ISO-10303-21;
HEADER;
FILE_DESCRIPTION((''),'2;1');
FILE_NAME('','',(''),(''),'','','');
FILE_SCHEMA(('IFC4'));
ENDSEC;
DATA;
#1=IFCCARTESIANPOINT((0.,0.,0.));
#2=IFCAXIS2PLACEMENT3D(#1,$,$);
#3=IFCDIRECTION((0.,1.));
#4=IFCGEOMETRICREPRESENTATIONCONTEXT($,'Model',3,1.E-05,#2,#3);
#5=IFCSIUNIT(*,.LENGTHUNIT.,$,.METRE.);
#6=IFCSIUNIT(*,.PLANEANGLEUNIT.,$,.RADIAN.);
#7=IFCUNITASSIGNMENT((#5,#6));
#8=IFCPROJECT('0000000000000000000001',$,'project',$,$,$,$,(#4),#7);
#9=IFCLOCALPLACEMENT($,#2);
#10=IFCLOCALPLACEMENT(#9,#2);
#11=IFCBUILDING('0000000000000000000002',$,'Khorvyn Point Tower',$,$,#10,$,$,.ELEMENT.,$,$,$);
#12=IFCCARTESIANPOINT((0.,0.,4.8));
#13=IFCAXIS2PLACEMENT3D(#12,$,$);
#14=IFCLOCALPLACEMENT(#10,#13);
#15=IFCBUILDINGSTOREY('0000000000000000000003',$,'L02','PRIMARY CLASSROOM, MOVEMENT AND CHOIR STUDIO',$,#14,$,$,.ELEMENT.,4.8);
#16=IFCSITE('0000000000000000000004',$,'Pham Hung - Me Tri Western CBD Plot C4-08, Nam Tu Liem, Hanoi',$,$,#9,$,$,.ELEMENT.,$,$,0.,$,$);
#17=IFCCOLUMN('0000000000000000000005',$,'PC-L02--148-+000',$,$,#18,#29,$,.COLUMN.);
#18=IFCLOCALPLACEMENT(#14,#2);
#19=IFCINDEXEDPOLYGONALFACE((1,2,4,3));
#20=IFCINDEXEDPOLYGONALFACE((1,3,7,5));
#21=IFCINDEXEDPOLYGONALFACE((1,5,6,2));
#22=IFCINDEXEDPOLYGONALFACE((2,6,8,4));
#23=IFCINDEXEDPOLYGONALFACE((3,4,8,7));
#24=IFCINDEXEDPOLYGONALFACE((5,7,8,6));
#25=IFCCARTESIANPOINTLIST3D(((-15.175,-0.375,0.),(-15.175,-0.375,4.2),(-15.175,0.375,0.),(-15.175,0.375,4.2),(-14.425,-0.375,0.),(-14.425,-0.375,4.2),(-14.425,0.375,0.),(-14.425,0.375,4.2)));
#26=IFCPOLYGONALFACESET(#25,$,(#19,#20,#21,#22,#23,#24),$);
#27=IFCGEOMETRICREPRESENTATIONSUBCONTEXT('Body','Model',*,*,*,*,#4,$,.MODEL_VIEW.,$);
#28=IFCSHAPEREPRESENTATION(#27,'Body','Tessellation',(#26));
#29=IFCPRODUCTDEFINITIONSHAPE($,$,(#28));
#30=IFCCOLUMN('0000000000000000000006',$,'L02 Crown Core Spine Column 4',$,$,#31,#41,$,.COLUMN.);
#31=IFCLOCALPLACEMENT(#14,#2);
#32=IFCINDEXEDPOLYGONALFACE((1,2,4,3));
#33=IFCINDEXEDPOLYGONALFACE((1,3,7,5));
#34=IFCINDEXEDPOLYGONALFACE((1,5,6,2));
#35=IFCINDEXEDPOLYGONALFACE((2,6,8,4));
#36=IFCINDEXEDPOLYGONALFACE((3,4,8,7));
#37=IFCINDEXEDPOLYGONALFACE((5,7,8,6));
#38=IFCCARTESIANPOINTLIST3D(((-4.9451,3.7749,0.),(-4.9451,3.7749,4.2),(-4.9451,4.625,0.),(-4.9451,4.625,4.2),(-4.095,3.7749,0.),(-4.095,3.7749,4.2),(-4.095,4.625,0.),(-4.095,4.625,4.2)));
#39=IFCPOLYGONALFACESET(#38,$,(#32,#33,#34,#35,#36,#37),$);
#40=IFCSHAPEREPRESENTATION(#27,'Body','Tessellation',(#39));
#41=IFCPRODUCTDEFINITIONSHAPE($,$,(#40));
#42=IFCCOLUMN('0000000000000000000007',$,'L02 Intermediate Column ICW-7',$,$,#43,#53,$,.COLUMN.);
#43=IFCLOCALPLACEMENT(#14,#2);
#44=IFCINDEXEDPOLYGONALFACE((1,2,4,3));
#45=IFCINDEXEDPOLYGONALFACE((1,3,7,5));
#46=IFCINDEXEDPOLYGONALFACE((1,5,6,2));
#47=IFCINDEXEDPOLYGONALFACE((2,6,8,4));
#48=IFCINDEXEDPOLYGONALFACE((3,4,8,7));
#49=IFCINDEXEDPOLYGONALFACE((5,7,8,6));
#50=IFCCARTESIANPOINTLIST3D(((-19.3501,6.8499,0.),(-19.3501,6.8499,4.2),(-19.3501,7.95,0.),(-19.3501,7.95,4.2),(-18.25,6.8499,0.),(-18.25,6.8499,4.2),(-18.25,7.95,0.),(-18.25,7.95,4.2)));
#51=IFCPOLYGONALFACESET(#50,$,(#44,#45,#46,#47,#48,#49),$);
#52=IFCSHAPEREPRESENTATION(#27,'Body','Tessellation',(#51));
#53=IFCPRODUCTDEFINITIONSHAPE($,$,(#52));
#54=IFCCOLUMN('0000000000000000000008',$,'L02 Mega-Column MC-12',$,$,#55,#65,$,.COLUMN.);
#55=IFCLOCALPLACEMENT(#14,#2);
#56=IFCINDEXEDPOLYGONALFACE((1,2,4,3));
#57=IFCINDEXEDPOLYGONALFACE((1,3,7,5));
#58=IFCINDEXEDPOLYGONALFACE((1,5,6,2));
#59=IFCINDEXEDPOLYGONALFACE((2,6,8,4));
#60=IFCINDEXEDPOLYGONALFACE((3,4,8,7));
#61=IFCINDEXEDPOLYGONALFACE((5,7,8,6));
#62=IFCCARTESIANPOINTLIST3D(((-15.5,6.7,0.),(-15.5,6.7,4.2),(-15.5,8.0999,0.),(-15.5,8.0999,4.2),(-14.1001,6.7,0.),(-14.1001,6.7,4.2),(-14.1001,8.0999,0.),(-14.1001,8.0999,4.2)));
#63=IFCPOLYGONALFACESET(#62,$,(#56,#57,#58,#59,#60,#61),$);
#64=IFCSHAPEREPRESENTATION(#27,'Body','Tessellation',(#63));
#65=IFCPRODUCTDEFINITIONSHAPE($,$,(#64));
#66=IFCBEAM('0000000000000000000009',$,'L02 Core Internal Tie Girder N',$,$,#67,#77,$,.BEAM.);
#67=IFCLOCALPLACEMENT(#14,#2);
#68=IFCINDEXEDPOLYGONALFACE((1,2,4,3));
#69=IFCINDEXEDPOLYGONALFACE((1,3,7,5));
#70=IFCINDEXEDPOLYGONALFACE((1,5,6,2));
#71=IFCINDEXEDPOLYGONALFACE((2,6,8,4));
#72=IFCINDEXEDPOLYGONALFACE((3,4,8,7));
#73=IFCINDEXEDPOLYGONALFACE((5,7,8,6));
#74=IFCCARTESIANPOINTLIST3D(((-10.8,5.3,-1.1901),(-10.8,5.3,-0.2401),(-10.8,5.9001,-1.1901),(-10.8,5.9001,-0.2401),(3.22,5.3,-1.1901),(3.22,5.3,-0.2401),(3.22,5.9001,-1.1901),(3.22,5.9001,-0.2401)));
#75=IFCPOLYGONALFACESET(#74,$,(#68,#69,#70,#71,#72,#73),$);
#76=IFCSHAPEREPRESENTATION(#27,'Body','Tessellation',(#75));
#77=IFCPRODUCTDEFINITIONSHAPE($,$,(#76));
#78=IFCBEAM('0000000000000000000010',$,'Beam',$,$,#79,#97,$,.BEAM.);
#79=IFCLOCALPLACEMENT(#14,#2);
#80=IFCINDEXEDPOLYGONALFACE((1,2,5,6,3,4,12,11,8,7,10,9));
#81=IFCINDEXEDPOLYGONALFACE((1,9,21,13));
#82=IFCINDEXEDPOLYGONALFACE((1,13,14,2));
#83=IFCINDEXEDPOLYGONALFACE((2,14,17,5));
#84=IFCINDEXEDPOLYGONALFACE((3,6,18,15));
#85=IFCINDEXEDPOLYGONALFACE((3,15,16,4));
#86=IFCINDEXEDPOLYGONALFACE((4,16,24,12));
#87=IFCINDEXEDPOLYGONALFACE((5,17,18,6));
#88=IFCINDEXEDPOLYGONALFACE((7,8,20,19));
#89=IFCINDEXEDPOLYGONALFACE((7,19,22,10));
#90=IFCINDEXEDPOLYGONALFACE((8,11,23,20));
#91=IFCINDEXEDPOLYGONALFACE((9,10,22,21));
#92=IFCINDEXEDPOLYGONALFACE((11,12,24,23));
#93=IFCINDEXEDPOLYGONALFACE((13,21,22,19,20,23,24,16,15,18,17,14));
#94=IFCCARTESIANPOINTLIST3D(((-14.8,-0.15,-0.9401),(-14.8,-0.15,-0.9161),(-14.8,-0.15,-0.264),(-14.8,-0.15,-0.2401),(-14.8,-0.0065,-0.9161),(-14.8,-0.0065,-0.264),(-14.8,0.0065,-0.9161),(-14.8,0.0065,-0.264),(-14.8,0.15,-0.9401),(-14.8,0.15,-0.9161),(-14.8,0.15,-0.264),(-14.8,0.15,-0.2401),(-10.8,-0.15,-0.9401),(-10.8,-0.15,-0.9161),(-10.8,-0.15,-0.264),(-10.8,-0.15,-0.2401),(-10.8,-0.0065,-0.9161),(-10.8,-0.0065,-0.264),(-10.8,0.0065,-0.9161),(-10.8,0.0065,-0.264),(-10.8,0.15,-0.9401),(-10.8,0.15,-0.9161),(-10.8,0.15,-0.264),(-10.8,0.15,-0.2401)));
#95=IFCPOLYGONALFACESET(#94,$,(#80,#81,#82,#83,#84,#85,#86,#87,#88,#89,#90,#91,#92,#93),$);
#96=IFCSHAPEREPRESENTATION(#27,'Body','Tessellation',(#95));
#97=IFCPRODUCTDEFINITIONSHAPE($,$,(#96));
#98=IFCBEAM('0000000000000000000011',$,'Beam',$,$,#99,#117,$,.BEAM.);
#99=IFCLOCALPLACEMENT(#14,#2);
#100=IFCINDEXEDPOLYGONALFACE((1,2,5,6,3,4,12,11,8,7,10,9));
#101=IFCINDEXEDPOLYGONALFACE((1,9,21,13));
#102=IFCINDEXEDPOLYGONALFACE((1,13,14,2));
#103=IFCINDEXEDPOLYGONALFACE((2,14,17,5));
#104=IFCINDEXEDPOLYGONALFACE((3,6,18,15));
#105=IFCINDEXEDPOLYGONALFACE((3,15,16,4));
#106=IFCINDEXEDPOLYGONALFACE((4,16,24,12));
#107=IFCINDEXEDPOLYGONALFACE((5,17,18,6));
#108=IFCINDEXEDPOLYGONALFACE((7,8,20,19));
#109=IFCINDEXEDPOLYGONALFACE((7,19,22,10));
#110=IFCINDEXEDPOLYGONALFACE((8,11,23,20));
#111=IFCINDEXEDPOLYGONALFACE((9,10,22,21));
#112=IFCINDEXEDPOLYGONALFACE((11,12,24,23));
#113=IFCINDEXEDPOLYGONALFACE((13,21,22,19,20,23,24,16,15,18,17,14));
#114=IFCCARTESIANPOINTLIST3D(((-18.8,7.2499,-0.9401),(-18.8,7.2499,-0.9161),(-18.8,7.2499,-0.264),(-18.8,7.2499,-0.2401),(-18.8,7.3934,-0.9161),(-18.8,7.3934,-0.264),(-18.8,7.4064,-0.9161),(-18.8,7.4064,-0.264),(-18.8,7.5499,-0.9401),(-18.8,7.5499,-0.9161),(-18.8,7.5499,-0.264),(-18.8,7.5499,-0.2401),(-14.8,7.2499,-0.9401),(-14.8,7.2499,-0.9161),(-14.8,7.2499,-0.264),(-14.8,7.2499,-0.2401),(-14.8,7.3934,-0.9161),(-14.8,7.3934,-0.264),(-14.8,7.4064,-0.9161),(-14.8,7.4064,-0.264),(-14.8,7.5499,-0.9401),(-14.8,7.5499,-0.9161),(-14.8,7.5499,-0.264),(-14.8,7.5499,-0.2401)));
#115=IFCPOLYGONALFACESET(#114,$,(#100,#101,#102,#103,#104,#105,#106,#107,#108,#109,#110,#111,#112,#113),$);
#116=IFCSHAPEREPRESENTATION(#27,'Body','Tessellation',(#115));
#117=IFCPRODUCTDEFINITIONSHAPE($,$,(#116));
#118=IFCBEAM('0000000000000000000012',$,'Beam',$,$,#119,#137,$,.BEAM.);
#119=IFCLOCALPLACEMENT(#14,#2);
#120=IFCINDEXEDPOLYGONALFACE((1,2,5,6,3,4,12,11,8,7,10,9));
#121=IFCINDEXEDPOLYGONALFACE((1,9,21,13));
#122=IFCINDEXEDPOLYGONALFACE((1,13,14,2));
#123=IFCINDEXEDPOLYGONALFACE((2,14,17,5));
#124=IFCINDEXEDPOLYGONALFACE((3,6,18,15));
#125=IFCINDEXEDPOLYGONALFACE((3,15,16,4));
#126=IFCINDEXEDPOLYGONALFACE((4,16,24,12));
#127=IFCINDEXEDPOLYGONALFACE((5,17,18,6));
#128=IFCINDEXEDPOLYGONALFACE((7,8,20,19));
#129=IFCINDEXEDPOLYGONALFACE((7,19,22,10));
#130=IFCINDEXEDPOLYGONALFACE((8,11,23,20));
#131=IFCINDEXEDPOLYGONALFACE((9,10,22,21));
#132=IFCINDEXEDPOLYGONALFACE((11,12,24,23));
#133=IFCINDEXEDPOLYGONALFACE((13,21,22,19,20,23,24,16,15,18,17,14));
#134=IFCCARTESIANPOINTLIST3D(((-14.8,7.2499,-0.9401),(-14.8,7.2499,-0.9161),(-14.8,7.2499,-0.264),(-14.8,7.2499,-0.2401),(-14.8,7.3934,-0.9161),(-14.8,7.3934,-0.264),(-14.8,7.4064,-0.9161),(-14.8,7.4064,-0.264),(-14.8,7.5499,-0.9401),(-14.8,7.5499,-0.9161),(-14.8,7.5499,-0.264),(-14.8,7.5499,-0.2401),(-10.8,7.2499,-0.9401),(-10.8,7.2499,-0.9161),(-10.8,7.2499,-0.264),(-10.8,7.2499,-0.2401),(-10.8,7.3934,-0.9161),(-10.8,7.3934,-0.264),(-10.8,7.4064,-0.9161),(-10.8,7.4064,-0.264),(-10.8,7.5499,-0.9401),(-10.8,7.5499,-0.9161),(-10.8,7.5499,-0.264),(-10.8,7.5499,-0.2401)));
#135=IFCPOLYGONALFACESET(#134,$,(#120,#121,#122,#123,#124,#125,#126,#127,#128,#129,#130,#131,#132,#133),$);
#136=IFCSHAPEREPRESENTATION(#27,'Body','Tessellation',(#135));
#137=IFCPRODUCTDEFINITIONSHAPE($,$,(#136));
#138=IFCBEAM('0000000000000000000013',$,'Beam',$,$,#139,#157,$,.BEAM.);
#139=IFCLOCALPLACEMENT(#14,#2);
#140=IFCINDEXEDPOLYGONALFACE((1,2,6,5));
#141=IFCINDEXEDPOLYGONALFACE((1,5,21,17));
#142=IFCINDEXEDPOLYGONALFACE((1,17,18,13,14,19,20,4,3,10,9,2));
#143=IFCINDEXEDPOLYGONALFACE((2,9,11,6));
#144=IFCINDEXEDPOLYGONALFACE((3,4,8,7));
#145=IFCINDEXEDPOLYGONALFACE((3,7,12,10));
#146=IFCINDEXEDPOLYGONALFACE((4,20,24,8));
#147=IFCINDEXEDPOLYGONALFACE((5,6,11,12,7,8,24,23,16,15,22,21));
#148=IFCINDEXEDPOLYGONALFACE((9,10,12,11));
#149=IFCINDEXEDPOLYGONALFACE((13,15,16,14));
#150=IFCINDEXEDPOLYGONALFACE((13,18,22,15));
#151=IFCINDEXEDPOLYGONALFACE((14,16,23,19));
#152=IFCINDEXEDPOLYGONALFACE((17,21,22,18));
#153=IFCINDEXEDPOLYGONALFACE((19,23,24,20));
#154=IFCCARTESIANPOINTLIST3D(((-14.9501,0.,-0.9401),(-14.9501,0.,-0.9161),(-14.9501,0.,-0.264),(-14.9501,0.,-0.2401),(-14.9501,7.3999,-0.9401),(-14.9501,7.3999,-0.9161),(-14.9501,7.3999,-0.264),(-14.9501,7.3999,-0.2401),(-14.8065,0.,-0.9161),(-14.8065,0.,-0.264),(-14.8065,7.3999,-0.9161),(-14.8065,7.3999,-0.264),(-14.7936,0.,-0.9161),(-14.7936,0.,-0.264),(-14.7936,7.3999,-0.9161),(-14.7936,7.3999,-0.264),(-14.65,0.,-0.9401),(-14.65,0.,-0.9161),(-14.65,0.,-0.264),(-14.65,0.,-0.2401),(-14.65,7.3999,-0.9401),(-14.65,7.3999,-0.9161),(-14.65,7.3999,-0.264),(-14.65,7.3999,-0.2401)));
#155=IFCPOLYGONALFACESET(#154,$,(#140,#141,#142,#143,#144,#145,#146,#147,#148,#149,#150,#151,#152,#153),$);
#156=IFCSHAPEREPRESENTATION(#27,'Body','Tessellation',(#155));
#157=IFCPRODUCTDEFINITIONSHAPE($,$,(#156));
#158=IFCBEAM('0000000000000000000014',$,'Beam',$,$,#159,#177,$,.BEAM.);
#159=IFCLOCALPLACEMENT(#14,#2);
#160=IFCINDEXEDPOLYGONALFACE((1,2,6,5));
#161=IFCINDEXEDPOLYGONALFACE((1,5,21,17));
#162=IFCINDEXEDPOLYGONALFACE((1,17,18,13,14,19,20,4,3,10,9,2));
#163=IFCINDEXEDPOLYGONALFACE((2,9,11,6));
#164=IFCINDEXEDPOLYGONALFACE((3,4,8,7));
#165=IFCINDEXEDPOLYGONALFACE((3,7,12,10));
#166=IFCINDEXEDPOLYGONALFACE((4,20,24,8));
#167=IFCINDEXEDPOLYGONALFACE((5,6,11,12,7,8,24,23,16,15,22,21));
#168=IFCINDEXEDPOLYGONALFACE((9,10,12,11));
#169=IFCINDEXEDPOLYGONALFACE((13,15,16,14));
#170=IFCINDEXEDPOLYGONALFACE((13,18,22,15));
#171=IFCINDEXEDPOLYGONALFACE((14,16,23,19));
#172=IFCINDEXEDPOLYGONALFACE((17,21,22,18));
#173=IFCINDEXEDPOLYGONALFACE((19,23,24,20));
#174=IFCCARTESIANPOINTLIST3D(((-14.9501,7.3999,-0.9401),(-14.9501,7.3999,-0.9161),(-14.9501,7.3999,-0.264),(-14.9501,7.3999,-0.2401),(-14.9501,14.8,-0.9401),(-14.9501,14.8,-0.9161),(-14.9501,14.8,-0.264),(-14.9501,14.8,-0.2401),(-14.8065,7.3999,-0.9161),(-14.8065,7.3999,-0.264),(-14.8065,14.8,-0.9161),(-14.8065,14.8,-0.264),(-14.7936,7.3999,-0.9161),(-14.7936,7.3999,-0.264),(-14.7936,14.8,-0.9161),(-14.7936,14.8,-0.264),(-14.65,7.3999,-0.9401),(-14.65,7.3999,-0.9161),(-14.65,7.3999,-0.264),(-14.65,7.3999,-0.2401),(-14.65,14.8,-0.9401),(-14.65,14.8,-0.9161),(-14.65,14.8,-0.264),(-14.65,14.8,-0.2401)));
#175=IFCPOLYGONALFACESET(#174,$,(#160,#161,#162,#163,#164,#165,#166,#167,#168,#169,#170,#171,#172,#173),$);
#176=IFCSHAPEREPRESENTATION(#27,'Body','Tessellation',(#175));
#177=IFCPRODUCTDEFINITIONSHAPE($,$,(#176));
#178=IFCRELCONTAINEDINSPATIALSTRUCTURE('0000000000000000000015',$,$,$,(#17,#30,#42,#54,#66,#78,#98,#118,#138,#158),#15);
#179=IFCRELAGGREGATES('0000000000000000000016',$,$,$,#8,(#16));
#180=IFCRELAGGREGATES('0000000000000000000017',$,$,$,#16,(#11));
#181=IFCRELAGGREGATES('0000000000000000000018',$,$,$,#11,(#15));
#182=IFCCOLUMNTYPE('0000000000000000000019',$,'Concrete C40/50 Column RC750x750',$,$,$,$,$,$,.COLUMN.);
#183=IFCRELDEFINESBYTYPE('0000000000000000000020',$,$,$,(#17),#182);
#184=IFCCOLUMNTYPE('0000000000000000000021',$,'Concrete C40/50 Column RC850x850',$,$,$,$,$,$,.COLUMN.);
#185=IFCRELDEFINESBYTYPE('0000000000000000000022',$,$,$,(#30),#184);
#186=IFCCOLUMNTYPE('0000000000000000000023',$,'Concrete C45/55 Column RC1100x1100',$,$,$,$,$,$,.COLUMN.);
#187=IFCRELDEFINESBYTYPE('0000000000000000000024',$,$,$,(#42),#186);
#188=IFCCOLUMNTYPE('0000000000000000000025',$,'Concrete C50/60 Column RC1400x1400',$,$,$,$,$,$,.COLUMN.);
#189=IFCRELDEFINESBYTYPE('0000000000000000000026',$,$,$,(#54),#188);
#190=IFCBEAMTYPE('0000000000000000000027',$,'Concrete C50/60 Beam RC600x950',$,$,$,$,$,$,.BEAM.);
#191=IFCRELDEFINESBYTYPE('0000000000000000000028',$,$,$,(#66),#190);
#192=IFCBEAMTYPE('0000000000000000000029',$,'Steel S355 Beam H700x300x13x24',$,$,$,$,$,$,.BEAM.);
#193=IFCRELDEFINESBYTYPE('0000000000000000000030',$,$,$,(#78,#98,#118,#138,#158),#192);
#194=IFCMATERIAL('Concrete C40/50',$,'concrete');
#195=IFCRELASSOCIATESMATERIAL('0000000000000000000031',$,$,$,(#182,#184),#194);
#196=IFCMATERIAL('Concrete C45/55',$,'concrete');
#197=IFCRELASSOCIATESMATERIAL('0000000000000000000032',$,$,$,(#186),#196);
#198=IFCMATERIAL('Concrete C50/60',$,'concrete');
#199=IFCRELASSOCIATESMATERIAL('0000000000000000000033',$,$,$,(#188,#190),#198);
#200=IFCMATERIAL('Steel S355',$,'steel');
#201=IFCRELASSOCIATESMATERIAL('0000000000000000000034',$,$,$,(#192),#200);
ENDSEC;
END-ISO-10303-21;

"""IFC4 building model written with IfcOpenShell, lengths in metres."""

from ifc_helpers import new_model, si_unit, direction, frame, origin, origin_2d, place, context, subcontext, project, spatial, rectangle, i_section, extrude, material, material_profile, profile_set, type_object, element, save


model = new_model("IFC4")

# Units and contexts
model_context = context("Model", 3, precision=1e-05, world=origin(), true_north=direction((0.0, 1.0)))
body_context = subcontext(model_context, "Body", "Model", "MODEL_VIEW")
ifc_project = project(units=[si_unit("LENGTHUNIT", "METRE"), si_unit("PLANEANGLEUNIT", "RADIAN")], contexts=[model_context])

# Site, building, storey
site_placement = place(None, origin())
site = spatial("IfcSite", under=ifc_project, at=site_placement, Name="Pham Hung - Me Tri Western CBD Plot C4-08, Nam Tu Liem, Hanoi", CompositionType="ELEMENT", RefElevation=0.0)
building_placement = place(site_placement, origin())
building = spatial("IfcBuilding", under=site, at=building_placement, Name="Khorvyn Point Tower", CompositionType="ELEMENT")
storey_placement = place(building_placement, frame((0.0, 0.0, 4.8)))
storey = spatial("IfcBuildingStorey", under=building, at=storey_placement, Name="L02", Description="PRIMARY CLASSROOM, MOVEMENT AND CHOIR STUDIO", CompositionType="ELEMENT", Elevation=4.8)

# Columns
ifc_material_1 = material(Name="Concrete C40/50", Category="concrete")
ifc_material_profile_1 = material_profile(ifc_material_1, rectangle(XDim=0.75, YDim=0.75, at=origin_2d()))
ifc_profile_set_1 = profile_set([ifc_material_profile_1], Name="Concrete C40/50 RC750x750")
column_type_1 = type_object("IfcColumnType", Name="Concrete C40/50 Column RC750x750", PredefinedType="COLUMN", material=ifc_profile_set_1)
column_1_placement = place(storey_placement, frame((-14.8, 0.0, 0.0), z_axis=(0.0, 0.0, 1.0), x_axis=(1.0, 0.0, 0.0)))
element("IfcColumn", 1, at=column_1_placement, inside=storey, type_object=column_type_1, Name="PC-L02--148-+000", PredefinedType="COLUMN", context=body_context, shape_type="SweptSolid", body=[
    extrude(rectangle(XDim=0.75, YDim=0.75, at=origin_2d()), origin(), (0.0, 0.0, 1.0), 4.2),
])
ifc_material_profile_2 = material_profile(ifc_material_1, rectangle(XDim=0.8501, YDim=0.8501, at=origin_2d()))
ifc_profile_set_2 = profile_set([ifc_material_profile_2], Name="Concrete C40/50 RC850x850")
column_type_2 = type_object("IfcColumnType", Name="Concrete C40/50 Column RC850x850", PredefinedType="COLUMN", material=ifc_profile_set_2)
column_2_placement = place(storey_placement, frame((-4.52, 4.2, 0.0), z_axis=(0.0, 0.0, 1.0), x_axis=(1.0, 0.0, 0.0)))
element("IfcColumn", 2, at=column_2_placement, inside=storey, type_object=column_type_2, Name="L02 Crown Core Spine Column 4", PredefinedType="COLUMN", context=body_context, shape_type="SweptSolid", body=[
    extrude(rectangle(XDim=0.8501, YDim=0.8501, at=origin_2d()), origin(), (0.0, 0.0, 1.0), 4.2),
])
ifc_material_2 = material(Name="Concrete C45/55", Category="concrete")
ifc_material_profile_3 = material_profile(ifc_material_2, rectangle(XDim=1.1001, YDim=1.1001, at=origin_2d()))
ifc_profile_set_3 = profile_set([ifc_material_profile_3], Name="Concrete C45/55 RC1100x1100")
column_type_3 = type_object("IfcColumnType", Name="Concrete C45/55 Column RC1100x1100", PredefinedType="COLUMN", material=ifc_profile_set_3)
column_3_placement = place(storey_placement, frame((-18.8, 7.3999, 0.0), z_axis=(0.0, 0.0, 1.0), x_axis=(1.0, 0.0, 0.0)))
element("IfcColumn", 3, at=column_3_placement, inside=storey, type_object=column_type_3, Name="L02 Intermediate Column ICW-7", PredefinedType="COLUMN", context=body_context, shape_type="SweptSolid", body=[
    extrude(rectangle(XDim=1.1001, YDim=1.1001, at=origin_2d()), origin(), (0.0, 0.0, 1.0), 4.2),
])
ifc_material_3 = material(Name="Concrete C50/60", Category="concrete")
ifc_material_profile_4 = material_profile(ifc_material_3, rectangle(XDim=1.3999, YDim=1.3999, at=origin_2d()))
ifc_profile_set_4 = profile_set([ifc_material_profile_4], Name="Concrete C50/60 RC1400x1400")
column_type_4 = type_object("IfcColumnType", Name="Concrete C50/60 Column RC1400x1400", PredefinedType="COLUMN", material=ifc_profile_set_4)
column_4_placement = place(storey_placement, frame((-14.8, 7.3999, 0.0), z_axis=(0.0, 0.0, 1.0), x_axis=(1.0, 0.0, 0.0)))
element("IfcColumn", 4, at=column_4_placement, inside=storey, type_object=column_type_4, Name="L02 Mega-Column MC-12", PredefinedType="COLUMN", context=body_context, shape_type="SweptSolid", body=[
    extrude(rectangle(XDim=1.3999, YDim=1.3999, at=origin_2d()), origin(), (0.0, 0.0, 1.0), 4.2),
])

# Beams
ifc_material_profile_5 = material_profile(ifc_material_3, rectangle(XDim=0.6001, YDim=0.95, at=origin_2d()))
ifc_profile_set_5 = profile_set([ifc_material_profile_5], Name="Concrete C50/60 RC600x950")
beam_type_1 = type_object("IfcBeamType", Name="Concrete C50/60 Beam RC600x950", PredefinedType="BEAM", material=ifc_profile_set_5)
beam_1_placement = place(storey_placement, frame((-10.8, 5.6001, -0.7151), z_axis=(1.0, 0.0, 0.0), x_axis=(0.0, 1.0, 0.0)))
element("IfcBeam", 5, at=beam_1_placement, inside=storey, type_object=beam_type_1, Name="L02 Core Internal Tie Girder N", PredefinedType="BEAM", context=body_context, shape_type="SweptSolid", body=[
    extrude(rectangle(XDim=0.6001, YDim=0.95, at=origin_2d()), origin(), (0.0, 0.0, 1.0), 14.02),
])
ifc_material_4 = material(Name="Steel S355", Category="steel")
ifc_material_profile_6 = material_profile(ifc_material_4, i_section(OverallWidth=0.3, OverallDepth=0.7, WebThickness=0.0129, FlangeThickness=0.0239, at=origin_2d()))
ifc_profile_set_6 = profile_set([ifc_material_profile_6], Name="Steel S355 H700x300x13x24")
beam_type_2 = type_object("IfcBeamType", Name="Steel S355 Beam H700x300x13x24", PredefinedType="BEAM", material=ifc_profile_set_6)
for number, where, z_axis, x_axis, name in (
    (6, (-14.8, 0.0, -0.5901), (1.0, 0.0, 0.0), (0.0, 1.0, 0.0), "Beam"),
    (7, (-18.8, 7.3999, -0.5901), (1.0, 0.0, 0.0), (0.0, 1.0, 0.0), "Beam"),
    (8, (-14.8, 7.3999, -0.5901), (1.0, 0.0, 0.0), (0.0, 1.0, 0.0), "Beam"),
):
    element("IfcBeam", number, at=place(storey_placement, frame(where, z_axis=z_axis, x_axis=x_axis)), inside=storey, type_object=beam_type_2, Name=name, PredefinedType="BEAM", context=body_context, shape_type="SweptSolid", body=[
        extrude(i_section(OverallWidth=0.3, OverallDepth=0.7, WebThickness=0.0129, FlangeThickness=0.0239, at=origin_2d()), origin(), (0.0, 0.0, 1.0), 4.0),
    ])
beam_2_placement = place(storey_placement, frame((-14.8, 0.0, -0.5901), z_axis=(0.0, 1.0, 0.0), x_axis=(-1.0, 0.0, 0.0)))
element("IfcBeam", 9, at=beam_2_placement, inside=storey, type_object=beam_type_2, Name="Beam", PredefinedType="BEAM", context=body_context, shape_type="SweptSolid", body=[
    extrude(i_section(OverallWidth=0.3, OverallDepth=0.7, WebThickness=0.0129, FlangeThickness=0.0239, at=origin_2d()), origin(), (0.0, 0.0, 1.0), 7.3999),
])
for number, where, z_axis, x_axis, name in (
    (10, (-14.8, 7.3999, -0.5901), (0.0, 1.0, 0.0), (-1.0, 0.0, 0.0), "Beam"),
):
    element("IfcBeam", number, at=place(storey_placement, frame(where, z_axis=z_axis, x_axis=x_axis)), inside=storey, type_object=beam_type_2, Name=name, PredefinedType="BEAM", context=body_context, shape_type="SweptSolid", body=[
        extrude(i_section(OverallWidth=0.3, OverallDepth=0.7, WebThickness=0.0129, FlangeThickness=0.0239, at=origin_2d()), origin(), (0.0, 0.0, 1.0), 7.4001),
    ])

save(model, "model.ifc")
